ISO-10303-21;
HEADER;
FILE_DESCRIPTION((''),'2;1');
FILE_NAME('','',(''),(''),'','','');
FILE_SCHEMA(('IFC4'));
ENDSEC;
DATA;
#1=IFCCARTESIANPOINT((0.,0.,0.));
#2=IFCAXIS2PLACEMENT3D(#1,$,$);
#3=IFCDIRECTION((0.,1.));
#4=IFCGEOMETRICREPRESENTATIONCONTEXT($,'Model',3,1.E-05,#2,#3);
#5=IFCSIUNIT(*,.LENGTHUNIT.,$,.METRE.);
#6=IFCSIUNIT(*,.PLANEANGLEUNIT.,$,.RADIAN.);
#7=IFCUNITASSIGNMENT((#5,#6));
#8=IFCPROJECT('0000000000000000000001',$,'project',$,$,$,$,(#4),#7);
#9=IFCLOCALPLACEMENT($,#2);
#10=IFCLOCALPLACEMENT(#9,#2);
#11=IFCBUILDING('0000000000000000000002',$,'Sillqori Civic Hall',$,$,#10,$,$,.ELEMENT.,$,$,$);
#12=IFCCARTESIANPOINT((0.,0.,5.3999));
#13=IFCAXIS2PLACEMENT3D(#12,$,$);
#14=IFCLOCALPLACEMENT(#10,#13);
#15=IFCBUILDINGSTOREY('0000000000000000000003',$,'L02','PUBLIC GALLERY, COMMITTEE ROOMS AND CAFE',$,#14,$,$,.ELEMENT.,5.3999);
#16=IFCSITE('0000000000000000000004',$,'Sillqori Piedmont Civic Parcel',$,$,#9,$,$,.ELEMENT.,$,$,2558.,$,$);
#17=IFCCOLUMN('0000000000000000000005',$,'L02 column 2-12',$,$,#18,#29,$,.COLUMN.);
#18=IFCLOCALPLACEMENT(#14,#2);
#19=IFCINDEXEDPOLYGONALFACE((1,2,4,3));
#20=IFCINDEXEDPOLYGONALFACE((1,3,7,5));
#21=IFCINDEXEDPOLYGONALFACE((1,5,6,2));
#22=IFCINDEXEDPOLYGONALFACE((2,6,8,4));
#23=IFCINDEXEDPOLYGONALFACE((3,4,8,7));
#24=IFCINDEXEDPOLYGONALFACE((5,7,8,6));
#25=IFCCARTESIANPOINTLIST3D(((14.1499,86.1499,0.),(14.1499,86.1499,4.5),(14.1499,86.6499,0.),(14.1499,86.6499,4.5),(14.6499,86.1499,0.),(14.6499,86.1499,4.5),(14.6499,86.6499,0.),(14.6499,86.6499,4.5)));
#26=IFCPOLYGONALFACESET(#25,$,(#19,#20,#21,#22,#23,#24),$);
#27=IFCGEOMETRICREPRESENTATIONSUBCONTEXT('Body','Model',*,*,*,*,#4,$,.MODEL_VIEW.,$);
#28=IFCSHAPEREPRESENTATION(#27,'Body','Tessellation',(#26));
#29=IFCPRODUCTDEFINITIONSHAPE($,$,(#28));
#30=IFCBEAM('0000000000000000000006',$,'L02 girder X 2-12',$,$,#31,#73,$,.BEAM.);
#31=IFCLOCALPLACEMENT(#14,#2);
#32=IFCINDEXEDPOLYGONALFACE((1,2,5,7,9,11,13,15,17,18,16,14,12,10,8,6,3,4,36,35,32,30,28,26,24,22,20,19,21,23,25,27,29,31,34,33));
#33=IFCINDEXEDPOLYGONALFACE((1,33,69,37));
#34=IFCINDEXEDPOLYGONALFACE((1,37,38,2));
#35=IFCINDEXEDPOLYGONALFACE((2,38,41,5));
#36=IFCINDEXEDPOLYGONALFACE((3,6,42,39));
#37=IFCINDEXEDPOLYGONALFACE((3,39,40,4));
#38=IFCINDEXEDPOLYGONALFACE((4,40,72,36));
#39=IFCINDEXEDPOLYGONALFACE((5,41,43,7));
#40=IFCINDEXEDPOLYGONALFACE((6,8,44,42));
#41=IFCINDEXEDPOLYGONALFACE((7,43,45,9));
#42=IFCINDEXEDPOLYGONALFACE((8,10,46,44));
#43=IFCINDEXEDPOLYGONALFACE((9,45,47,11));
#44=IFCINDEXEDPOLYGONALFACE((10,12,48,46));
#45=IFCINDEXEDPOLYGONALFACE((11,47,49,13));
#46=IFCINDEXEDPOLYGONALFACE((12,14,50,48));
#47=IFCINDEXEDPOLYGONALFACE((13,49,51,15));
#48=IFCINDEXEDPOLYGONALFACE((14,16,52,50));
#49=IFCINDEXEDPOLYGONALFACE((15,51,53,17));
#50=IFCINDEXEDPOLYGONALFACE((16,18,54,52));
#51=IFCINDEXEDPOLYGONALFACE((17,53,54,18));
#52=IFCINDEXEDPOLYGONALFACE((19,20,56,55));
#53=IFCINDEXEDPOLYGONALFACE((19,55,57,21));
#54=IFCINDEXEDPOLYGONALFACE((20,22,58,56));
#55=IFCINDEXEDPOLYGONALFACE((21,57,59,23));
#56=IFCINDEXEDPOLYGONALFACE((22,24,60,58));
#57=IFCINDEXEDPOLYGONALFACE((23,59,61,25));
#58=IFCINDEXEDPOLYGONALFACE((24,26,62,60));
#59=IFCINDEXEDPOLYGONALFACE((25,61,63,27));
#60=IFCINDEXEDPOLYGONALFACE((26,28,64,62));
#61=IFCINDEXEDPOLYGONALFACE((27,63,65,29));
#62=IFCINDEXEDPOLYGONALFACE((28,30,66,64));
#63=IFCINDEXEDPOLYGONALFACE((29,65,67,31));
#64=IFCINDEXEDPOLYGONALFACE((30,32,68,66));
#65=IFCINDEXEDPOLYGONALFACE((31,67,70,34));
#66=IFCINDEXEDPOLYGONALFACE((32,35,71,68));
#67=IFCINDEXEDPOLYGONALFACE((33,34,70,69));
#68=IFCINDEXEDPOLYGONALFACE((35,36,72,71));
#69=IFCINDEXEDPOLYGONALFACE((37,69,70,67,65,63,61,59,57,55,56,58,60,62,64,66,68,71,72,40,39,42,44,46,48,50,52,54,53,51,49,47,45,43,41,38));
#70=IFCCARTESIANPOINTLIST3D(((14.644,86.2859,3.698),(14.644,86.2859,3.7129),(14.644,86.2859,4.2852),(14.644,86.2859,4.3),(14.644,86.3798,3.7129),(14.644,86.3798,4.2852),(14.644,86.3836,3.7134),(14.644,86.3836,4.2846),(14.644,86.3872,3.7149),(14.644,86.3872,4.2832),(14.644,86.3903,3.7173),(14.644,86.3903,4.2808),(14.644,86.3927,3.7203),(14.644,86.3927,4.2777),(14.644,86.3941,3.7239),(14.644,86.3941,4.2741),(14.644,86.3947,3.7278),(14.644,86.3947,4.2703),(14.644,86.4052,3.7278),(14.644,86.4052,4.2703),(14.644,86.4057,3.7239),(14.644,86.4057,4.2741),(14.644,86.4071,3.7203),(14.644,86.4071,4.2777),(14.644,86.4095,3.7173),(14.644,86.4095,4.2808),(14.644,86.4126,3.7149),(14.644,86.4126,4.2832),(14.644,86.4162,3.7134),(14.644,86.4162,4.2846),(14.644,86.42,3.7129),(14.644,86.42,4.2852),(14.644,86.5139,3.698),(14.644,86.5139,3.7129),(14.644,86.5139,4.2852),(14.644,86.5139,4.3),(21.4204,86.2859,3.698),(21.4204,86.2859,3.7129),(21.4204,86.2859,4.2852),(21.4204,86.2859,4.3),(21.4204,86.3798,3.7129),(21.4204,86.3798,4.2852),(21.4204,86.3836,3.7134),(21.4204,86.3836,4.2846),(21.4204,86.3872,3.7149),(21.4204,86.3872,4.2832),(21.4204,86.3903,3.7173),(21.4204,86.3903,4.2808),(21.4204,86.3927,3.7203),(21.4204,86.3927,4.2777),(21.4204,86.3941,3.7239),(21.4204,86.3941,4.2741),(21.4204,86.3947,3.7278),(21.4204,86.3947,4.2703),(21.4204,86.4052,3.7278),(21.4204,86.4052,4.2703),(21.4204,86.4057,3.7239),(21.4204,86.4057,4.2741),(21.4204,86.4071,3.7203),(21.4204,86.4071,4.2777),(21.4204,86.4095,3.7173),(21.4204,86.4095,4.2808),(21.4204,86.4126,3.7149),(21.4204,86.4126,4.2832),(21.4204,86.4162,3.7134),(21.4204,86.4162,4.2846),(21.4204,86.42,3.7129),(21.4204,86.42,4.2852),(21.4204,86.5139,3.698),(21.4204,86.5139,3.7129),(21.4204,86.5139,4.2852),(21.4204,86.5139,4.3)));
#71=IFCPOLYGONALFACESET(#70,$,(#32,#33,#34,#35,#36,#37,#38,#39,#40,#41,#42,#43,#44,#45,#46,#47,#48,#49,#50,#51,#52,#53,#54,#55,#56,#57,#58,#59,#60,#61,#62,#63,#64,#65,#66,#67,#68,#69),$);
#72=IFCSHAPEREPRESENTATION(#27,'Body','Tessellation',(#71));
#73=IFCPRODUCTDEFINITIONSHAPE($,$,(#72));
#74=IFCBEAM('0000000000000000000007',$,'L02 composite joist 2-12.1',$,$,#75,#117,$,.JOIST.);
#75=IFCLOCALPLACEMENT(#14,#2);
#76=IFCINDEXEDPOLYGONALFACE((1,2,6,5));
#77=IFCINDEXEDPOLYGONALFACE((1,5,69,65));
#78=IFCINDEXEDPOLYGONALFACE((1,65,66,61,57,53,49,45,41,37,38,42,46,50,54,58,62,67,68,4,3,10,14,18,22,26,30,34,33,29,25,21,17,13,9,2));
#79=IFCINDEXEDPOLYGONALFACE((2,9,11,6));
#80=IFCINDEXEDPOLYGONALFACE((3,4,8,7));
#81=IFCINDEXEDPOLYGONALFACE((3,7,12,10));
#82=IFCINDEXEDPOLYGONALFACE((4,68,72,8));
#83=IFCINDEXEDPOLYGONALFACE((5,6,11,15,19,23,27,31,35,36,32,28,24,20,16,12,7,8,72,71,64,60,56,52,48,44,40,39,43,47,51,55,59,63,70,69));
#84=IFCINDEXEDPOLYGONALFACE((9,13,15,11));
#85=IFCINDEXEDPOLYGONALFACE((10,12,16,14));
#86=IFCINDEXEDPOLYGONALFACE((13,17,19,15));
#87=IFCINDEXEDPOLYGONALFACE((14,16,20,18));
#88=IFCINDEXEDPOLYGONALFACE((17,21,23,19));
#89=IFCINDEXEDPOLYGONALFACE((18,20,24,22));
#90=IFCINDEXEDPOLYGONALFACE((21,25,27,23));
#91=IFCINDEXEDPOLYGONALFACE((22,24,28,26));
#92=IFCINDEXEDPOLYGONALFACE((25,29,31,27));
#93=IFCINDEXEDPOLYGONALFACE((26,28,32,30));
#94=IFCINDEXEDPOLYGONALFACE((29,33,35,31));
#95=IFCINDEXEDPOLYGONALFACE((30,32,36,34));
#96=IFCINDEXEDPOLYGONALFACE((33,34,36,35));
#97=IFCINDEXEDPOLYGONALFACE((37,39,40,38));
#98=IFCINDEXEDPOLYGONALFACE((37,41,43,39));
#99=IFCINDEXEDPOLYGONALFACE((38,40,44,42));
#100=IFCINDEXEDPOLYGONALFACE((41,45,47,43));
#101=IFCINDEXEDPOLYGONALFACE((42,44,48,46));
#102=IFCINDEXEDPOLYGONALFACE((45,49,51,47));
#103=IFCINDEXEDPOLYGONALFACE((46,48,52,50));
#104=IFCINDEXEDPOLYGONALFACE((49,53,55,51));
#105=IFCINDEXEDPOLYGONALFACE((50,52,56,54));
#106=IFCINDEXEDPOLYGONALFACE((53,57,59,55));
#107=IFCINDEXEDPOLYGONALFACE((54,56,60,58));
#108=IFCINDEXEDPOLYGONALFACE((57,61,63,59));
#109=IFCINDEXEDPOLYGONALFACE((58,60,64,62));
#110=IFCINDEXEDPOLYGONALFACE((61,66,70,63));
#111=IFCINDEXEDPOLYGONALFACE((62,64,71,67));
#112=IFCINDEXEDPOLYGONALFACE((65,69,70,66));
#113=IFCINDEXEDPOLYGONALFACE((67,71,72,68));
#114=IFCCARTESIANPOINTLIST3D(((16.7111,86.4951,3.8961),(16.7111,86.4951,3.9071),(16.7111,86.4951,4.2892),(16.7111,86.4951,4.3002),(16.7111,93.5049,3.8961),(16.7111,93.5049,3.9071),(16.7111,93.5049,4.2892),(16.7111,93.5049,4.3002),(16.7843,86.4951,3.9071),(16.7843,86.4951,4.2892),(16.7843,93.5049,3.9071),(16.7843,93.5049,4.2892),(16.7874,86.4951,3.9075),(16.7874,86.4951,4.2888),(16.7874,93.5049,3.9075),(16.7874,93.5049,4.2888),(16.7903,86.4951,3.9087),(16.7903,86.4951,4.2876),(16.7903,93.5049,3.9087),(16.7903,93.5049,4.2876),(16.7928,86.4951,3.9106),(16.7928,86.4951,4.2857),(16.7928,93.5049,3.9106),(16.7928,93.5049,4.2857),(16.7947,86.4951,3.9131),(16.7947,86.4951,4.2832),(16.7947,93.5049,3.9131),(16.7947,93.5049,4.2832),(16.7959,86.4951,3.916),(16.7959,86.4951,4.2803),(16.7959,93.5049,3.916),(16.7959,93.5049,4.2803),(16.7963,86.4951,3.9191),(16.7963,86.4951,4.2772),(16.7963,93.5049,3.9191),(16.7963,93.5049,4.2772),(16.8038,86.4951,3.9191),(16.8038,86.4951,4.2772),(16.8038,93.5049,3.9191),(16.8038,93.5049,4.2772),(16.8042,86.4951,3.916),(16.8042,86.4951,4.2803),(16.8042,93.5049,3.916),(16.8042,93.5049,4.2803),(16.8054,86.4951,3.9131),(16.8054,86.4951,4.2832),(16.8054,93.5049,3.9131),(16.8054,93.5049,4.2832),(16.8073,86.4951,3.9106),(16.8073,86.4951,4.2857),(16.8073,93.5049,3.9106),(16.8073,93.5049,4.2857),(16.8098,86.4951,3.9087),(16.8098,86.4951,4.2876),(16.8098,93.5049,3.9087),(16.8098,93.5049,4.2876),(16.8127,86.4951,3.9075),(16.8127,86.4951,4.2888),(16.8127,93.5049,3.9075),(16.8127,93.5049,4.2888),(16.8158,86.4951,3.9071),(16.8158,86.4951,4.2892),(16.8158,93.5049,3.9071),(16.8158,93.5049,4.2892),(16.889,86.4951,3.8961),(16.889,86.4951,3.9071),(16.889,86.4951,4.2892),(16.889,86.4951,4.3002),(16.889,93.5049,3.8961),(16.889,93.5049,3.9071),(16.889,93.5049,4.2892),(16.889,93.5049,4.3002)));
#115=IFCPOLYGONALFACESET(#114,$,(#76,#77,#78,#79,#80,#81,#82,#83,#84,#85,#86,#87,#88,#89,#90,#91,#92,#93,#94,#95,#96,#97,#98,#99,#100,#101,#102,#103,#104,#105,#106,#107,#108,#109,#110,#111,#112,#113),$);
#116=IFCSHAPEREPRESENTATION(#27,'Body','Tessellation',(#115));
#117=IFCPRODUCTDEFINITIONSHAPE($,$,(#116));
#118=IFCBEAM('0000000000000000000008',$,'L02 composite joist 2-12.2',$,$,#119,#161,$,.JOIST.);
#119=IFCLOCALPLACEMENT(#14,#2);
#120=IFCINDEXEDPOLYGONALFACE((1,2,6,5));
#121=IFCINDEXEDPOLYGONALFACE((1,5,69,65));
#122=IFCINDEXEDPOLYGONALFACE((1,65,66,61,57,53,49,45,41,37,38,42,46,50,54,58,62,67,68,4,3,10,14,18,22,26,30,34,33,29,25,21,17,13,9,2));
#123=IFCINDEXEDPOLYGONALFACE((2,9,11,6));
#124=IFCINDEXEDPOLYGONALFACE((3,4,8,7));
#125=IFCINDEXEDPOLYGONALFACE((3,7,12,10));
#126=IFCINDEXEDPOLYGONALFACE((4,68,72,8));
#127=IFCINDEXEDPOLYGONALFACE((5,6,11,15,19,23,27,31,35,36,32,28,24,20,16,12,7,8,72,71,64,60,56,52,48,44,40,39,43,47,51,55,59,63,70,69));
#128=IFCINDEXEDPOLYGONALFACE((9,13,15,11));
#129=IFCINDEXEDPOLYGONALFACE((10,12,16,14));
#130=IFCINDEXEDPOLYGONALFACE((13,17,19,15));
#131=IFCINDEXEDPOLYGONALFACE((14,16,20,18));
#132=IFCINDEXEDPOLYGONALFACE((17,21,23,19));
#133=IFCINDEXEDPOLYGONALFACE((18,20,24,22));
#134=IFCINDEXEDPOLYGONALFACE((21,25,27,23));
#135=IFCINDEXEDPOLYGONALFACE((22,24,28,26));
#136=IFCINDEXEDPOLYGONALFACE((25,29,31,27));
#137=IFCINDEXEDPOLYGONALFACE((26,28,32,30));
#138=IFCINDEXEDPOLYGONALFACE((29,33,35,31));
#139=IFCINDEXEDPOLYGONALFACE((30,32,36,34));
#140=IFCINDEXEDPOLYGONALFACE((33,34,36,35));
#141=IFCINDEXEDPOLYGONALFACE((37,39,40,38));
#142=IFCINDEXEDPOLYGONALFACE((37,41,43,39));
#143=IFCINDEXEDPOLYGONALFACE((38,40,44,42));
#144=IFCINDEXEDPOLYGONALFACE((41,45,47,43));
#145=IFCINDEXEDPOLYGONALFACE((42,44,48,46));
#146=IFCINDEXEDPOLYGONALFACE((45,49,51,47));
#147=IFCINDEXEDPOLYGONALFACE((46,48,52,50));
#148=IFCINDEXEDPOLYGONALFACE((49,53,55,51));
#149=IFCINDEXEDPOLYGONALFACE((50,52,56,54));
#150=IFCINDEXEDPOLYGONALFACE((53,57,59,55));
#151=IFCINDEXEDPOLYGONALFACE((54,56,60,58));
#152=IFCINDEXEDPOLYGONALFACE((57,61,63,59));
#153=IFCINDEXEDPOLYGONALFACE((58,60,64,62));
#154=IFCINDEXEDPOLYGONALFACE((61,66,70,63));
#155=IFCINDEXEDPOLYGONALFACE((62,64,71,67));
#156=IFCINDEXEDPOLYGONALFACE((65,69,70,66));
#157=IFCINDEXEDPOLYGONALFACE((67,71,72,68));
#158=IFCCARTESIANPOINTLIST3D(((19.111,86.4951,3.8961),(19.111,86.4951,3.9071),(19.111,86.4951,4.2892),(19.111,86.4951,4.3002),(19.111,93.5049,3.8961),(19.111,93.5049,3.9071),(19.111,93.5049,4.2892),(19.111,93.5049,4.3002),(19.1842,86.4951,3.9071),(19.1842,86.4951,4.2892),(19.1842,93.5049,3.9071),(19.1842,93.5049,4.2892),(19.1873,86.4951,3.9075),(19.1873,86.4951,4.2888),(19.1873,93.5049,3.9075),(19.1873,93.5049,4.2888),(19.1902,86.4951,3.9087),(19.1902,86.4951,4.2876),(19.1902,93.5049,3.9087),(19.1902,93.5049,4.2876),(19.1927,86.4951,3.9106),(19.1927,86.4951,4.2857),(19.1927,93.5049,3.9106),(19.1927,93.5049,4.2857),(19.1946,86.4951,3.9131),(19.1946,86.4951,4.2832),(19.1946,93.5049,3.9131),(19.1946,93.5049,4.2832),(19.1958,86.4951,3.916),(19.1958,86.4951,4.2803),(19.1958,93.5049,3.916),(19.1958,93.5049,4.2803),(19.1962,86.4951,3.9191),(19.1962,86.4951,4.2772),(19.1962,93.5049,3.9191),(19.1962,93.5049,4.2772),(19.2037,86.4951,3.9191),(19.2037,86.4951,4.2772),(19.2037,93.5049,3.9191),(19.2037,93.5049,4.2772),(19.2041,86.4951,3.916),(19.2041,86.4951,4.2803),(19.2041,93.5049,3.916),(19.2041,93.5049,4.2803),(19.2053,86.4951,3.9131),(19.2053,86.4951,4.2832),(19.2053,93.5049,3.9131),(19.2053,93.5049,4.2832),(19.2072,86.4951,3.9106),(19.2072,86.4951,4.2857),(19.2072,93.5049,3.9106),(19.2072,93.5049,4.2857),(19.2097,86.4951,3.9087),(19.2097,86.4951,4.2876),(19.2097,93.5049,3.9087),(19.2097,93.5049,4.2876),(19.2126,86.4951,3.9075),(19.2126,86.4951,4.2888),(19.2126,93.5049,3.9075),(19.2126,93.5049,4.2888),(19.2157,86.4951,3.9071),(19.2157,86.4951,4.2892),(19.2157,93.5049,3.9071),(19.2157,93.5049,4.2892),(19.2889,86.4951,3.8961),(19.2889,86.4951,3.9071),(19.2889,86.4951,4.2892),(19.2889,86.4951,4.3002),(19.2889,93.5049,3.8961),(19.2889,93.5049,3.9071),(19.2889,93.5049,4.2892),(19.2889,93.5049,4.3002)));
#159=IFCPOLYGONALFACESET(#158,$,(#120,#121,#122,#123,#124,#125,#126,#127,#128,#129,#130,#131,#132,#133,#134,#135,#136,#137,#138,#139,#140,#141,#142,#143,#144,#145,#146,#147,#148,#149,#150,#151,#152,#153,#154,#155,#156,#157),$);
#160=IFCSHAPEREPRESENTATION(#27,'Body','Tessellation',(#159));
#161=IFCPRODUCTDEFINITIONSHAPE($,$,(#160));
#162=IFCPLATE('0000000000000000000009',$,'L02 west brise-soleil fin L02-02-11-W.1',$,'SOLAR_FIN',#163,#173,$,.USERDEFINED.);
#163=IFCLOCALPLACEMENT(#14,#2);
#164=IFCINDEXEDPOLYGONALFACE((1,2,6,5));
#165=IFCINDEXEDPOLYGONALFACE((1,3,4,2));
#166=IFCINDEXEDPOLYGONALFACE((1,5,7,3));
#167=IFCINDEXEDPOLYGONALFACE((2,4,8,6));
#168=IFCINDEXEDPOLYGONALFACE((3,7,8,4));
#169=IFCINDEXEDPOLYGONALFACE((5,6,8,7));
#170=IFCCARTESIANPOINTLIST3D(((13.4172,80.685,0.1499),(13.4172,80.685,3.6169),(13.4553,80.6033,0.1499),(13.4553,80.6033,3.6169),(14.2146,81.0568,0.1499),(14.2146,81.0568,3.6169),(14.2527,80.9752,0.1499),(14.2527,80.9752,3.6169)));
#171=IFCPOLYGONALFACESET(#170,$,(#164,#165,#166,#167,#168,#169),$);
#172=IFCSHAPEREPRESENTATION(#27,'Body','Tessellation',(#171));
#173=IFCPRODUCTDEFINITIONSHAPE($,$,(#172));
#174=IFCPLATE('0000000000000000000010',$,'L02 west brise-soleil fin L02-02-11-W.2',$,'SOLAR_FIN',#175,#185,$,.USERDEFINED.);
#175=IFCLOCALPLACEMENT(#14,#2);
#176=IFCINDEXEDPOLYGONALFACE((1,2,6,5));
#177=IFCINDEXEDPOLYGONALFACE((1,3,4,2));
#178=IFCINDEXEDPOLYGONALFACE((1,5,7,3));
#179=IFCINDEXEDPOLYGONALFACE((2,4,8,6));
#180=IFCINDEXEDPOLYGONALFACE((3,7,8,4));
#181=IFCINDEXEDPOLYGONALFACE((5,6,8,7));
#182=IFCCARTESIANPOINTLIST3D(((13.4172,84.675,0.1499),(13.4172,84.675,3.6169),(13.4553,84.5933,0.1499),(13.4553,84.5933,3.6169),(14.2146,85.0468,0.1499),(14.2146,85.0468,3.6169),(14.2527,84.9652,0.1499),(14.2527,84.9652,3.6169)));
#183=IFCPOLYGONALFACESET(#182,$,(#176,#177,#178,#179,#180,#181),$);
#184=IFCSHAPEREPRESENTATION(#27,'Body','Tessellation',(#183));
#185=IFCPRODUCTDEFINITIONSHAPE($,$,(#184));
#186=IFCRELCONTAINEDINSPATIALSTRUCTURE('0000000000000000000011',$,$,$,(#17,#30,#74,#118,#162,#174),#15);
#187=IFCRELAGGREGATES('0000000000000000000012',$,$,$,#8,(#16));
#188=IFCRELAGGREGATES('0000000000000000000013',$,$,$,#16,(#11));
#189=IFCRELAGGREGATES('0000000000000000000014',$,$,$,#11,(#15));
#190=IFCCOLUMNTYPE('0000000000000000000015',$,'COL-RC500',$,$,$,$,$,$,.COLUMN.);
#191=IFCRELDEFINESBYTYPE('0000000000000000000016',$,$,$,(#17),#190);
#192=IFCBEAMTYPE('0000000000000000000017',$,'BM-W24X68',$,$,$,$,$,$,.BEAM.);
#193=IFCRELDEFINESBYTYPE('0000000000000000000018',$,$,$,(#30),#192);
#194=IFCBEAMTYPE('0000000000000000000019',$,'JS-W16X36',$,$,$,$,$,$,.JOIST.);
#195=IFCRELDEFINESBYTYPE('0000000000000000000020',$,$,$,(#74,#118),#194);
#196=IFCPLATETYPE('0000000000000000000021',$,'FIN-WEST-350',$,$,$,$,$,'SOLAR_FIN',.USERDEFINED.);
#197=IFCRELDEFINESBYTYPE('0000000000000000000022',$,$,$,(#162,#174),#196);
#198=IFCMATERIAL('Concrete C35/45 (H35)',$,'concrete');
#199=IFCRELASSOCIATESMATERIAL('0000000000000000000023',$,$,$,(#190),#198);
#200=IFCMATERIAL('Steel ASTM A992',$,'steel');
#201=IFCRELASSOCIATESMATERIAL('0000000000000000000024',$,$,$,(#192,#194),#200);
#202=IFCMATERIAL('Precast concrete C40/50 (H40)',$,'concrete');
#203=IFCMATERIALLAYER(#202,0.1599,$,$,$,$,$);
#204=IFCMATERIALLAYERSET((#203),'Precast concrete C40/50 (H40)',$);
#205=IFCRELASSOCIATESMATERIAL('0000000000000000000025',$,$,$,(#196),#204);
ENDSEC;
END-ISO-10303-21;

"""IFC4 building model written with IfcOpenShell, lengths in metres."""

from ifc_helpers import new_model, si_unit, direction, frame, origin, origin_2d, place, context, subcontext, project, spatial, rectangle, i_section, extrude, material, layer, layer_set, material_profile, profile_set, type_object, element, save


model = new_model("IFC4")

# Units and contexts
model_context = context("Model", 3, precision=1e-05, world=origin(), true_north=direction((0.0, 1.0)))
body_context = subcontext(model_context, "Body", "Model", "MODEL_VIEW")
ifc_project = project(units=[si_unit("LENGTHUNIT", "METRE"), si_unit("PLANEANGLEUNIT", "RADIAN")], contexts=[model_context])

# Site, building, storey
site_placement = place(None, origin())
site = spatial("IfcSite", under=ifc_project, at=site_placement, Name="Sillqori Piedmont Civic Parcel", CompositionType="ELEMENT", RefElevation=2558.0)
building_placement = place(site_placement, origin())
building = spatial("IfcBuilding", under=site, at=building_placement, Name="Sillqori Civic Hall", CompositionType="ELEMENT")
storey_placement = place(building_placement, frame((0.0, 0.0, 5.3999)))
storey = spatial("IfcBuildingStorey", under=building, at=storey_placement, Name="L02", Description="PUBLIC GALLERY, COMMITTEE ROOMS AND CAFE", CompositionType="ELEMENT", Elevation=5.3999)

# Column
ifc_material_1 = material(Name="Concrete C35/45 (H35)", Category="concrete")
ifc_material_profile_1 = material_profile(ifc_material_1, rectangle(XDim=0.5, YDim=0.5, at=origin_2d()), Name="RC 500x500")
ifc_profile_set_1 = profile_set([ifc_material_profile_1], Name="Concrete C35/45 (H35)")
column_type = type_object("IfcColumnType", Name="COL-RC500", PredefinedType="COLUMN", material=ifc_profile_set_1)
column_placement = place(storey_placement, frame((14.3999, 86.3999, 0.0), z_axis=(0.0, 0.0, 1.0), x_axis=(1.0, 0.0, 0.0)))
element("IfcColumn", 1, at=column_placement, inside=storey, type_object=column_type, Name="L02 column 2-12", PredefinedType="COLUMN", context=body_context, shape_type="SweptSolid", body=[
    extrude(rectangle(XDim=0.5, YDim=0.5, at=origin_2d()), origin(), (0.0, 0.0, 1.0), 4.5),
])

# Beams
ifc_material_2 = material(Name="Steel ASTM A992", Category="steel")
ifc_material_profile_2 = material_profile(ifc_material_2, i_section(OverallWidth=0.228, OverallDepth=0.6021, WebThickness=0.0105, FlangeThickness=0.0149, FilletRadius=0.0149, at=origin_2d()), Name="W24X68")
ifc_profile_set_2 = profile_set([ifc_material_profile_2], Name="Steel ASTM A992")
beam_type_1 = type_object("IfcBeamType", Name="BM-W24X68", PredefinedType="BEAM", material=ifc_profile_set_2)
beam_placement = place(storey_placement, frame((14.644, 86.3999, 3.999), z_axis=(1.0, 0.0, 0.0), x_axis=(0.0, 1.0, 0.0)))
element("IfcBeam", 2, at=beam_placement, inside=storey, type_object=beam_type_1, Name="L02 girder X 2-12", PredefinedType="BEAM", context=body_context, shape_type="SweptSolid", body=[
    extrude(i_section(OverallWidth=0.228, OverallDepth=0.6021, WebThickness=0.0105, FlangeThickness=0.0149, FilletRadius=0.0149, at=origin_2d()), origin(), (0.0, 0.0, 1.0), 6.7764),
])
ifc_material_profile_3 = material_profile(ifc_material_2, i_section(OverallWidth=0.178, OverallDepth=0.4041, WebThickness=0.0076, FlangeThickness=0.011, FilletRadius=0.012, at=origin_2d()), Name="W16X36")
ifc_profile_set_3 = profile_set([ifc_material_profile_3], Name="Steel ASTM A992")
beam_type_2 = type_object("IfcBeamType", Name="JS-W16X36", PredefinedType="JOIST", material=ifc_profile_set_3)
for number, where, z_axis, x_axis, name in (
    (3, (16.8, 86.4951, 4.0981), (0.0, 1.0, 0.0), (-1.0, 0.0, 0.0), "L02 composite joist 2-12.1"),
    (4, (19.2, 86.4951, 4.0981), (0.0, 1.0, 0.0), (-1.0, 0.0, 0.0), "L02 composite joist 2-12.2"),
):
    element("IfcBeam", number, at=place(storey_placement, frame(where, z_axis=z_axis, x_axis=x_axis)), inside=storey, type_object=beam_type_2, Name=name, PredefinedType="JOIST", context=body_context, shape_type="SweptSolid", body=[
        extrude(i_section(OverallWidth=0.178, OverallDepth=0.4041, WebThickness=0.0076, FlangeThickness=0.011, FilletRadius=0.012, at=origin_2d()), origin(), (0.0, 0.0, 1.0), 7.0098),
    ])

# Plates
ifc_material_3 = material(Name="Precast concrete C40/50 (H40)", Category="concrete")
ifc_layer_1 = layer(ifc_material_3, 0.1599)
ifc_layer_set_1 = layer_set([ifc_layer_1], Name="Precast concrete C40/50 (H40)")
plate_type_1 = type_object("IfcPlateType", Name="FIN-WEST-350", ElementType="SOLAR_FIN", PredefinedType="USERDEFINED", material=ifc_layer_set_1)
for number, where, z_axis, x_axis, name in (
    (5, (13.835, 80.8301, 0.1499), (0.0, 0.0, 1.0), (-0.422618, 0.906308, 0.0), "L02 west brise-soleil fin L02-02-11-W.1"),
    (6, (13.835, 84.8201, 0.1499), (0.0, 0.0, 1.0), (-0.422618, 0.906308, 0.0), "L02 west brise-soleil fin L02-02-11-W.2"),
):
    element("IfcPlate", number, at=place(storey_placement, frame(where, z_axis=z_axis, x_axis=x_axis)), inside=storey, type_object=plate_type_1, Name=name, ObjectType="SOLAR_FIN", PredefinedType="USERDEFINED", context=body_context, shape_type="SweptSolid", body=[
        extrude(rectangle(XDim=0.0901, YDim=0.8799, at=origin_2d()), origin(), (0.0, 0.0, 1.0), 3.467),
    ])

save(model, "model.ifc")
